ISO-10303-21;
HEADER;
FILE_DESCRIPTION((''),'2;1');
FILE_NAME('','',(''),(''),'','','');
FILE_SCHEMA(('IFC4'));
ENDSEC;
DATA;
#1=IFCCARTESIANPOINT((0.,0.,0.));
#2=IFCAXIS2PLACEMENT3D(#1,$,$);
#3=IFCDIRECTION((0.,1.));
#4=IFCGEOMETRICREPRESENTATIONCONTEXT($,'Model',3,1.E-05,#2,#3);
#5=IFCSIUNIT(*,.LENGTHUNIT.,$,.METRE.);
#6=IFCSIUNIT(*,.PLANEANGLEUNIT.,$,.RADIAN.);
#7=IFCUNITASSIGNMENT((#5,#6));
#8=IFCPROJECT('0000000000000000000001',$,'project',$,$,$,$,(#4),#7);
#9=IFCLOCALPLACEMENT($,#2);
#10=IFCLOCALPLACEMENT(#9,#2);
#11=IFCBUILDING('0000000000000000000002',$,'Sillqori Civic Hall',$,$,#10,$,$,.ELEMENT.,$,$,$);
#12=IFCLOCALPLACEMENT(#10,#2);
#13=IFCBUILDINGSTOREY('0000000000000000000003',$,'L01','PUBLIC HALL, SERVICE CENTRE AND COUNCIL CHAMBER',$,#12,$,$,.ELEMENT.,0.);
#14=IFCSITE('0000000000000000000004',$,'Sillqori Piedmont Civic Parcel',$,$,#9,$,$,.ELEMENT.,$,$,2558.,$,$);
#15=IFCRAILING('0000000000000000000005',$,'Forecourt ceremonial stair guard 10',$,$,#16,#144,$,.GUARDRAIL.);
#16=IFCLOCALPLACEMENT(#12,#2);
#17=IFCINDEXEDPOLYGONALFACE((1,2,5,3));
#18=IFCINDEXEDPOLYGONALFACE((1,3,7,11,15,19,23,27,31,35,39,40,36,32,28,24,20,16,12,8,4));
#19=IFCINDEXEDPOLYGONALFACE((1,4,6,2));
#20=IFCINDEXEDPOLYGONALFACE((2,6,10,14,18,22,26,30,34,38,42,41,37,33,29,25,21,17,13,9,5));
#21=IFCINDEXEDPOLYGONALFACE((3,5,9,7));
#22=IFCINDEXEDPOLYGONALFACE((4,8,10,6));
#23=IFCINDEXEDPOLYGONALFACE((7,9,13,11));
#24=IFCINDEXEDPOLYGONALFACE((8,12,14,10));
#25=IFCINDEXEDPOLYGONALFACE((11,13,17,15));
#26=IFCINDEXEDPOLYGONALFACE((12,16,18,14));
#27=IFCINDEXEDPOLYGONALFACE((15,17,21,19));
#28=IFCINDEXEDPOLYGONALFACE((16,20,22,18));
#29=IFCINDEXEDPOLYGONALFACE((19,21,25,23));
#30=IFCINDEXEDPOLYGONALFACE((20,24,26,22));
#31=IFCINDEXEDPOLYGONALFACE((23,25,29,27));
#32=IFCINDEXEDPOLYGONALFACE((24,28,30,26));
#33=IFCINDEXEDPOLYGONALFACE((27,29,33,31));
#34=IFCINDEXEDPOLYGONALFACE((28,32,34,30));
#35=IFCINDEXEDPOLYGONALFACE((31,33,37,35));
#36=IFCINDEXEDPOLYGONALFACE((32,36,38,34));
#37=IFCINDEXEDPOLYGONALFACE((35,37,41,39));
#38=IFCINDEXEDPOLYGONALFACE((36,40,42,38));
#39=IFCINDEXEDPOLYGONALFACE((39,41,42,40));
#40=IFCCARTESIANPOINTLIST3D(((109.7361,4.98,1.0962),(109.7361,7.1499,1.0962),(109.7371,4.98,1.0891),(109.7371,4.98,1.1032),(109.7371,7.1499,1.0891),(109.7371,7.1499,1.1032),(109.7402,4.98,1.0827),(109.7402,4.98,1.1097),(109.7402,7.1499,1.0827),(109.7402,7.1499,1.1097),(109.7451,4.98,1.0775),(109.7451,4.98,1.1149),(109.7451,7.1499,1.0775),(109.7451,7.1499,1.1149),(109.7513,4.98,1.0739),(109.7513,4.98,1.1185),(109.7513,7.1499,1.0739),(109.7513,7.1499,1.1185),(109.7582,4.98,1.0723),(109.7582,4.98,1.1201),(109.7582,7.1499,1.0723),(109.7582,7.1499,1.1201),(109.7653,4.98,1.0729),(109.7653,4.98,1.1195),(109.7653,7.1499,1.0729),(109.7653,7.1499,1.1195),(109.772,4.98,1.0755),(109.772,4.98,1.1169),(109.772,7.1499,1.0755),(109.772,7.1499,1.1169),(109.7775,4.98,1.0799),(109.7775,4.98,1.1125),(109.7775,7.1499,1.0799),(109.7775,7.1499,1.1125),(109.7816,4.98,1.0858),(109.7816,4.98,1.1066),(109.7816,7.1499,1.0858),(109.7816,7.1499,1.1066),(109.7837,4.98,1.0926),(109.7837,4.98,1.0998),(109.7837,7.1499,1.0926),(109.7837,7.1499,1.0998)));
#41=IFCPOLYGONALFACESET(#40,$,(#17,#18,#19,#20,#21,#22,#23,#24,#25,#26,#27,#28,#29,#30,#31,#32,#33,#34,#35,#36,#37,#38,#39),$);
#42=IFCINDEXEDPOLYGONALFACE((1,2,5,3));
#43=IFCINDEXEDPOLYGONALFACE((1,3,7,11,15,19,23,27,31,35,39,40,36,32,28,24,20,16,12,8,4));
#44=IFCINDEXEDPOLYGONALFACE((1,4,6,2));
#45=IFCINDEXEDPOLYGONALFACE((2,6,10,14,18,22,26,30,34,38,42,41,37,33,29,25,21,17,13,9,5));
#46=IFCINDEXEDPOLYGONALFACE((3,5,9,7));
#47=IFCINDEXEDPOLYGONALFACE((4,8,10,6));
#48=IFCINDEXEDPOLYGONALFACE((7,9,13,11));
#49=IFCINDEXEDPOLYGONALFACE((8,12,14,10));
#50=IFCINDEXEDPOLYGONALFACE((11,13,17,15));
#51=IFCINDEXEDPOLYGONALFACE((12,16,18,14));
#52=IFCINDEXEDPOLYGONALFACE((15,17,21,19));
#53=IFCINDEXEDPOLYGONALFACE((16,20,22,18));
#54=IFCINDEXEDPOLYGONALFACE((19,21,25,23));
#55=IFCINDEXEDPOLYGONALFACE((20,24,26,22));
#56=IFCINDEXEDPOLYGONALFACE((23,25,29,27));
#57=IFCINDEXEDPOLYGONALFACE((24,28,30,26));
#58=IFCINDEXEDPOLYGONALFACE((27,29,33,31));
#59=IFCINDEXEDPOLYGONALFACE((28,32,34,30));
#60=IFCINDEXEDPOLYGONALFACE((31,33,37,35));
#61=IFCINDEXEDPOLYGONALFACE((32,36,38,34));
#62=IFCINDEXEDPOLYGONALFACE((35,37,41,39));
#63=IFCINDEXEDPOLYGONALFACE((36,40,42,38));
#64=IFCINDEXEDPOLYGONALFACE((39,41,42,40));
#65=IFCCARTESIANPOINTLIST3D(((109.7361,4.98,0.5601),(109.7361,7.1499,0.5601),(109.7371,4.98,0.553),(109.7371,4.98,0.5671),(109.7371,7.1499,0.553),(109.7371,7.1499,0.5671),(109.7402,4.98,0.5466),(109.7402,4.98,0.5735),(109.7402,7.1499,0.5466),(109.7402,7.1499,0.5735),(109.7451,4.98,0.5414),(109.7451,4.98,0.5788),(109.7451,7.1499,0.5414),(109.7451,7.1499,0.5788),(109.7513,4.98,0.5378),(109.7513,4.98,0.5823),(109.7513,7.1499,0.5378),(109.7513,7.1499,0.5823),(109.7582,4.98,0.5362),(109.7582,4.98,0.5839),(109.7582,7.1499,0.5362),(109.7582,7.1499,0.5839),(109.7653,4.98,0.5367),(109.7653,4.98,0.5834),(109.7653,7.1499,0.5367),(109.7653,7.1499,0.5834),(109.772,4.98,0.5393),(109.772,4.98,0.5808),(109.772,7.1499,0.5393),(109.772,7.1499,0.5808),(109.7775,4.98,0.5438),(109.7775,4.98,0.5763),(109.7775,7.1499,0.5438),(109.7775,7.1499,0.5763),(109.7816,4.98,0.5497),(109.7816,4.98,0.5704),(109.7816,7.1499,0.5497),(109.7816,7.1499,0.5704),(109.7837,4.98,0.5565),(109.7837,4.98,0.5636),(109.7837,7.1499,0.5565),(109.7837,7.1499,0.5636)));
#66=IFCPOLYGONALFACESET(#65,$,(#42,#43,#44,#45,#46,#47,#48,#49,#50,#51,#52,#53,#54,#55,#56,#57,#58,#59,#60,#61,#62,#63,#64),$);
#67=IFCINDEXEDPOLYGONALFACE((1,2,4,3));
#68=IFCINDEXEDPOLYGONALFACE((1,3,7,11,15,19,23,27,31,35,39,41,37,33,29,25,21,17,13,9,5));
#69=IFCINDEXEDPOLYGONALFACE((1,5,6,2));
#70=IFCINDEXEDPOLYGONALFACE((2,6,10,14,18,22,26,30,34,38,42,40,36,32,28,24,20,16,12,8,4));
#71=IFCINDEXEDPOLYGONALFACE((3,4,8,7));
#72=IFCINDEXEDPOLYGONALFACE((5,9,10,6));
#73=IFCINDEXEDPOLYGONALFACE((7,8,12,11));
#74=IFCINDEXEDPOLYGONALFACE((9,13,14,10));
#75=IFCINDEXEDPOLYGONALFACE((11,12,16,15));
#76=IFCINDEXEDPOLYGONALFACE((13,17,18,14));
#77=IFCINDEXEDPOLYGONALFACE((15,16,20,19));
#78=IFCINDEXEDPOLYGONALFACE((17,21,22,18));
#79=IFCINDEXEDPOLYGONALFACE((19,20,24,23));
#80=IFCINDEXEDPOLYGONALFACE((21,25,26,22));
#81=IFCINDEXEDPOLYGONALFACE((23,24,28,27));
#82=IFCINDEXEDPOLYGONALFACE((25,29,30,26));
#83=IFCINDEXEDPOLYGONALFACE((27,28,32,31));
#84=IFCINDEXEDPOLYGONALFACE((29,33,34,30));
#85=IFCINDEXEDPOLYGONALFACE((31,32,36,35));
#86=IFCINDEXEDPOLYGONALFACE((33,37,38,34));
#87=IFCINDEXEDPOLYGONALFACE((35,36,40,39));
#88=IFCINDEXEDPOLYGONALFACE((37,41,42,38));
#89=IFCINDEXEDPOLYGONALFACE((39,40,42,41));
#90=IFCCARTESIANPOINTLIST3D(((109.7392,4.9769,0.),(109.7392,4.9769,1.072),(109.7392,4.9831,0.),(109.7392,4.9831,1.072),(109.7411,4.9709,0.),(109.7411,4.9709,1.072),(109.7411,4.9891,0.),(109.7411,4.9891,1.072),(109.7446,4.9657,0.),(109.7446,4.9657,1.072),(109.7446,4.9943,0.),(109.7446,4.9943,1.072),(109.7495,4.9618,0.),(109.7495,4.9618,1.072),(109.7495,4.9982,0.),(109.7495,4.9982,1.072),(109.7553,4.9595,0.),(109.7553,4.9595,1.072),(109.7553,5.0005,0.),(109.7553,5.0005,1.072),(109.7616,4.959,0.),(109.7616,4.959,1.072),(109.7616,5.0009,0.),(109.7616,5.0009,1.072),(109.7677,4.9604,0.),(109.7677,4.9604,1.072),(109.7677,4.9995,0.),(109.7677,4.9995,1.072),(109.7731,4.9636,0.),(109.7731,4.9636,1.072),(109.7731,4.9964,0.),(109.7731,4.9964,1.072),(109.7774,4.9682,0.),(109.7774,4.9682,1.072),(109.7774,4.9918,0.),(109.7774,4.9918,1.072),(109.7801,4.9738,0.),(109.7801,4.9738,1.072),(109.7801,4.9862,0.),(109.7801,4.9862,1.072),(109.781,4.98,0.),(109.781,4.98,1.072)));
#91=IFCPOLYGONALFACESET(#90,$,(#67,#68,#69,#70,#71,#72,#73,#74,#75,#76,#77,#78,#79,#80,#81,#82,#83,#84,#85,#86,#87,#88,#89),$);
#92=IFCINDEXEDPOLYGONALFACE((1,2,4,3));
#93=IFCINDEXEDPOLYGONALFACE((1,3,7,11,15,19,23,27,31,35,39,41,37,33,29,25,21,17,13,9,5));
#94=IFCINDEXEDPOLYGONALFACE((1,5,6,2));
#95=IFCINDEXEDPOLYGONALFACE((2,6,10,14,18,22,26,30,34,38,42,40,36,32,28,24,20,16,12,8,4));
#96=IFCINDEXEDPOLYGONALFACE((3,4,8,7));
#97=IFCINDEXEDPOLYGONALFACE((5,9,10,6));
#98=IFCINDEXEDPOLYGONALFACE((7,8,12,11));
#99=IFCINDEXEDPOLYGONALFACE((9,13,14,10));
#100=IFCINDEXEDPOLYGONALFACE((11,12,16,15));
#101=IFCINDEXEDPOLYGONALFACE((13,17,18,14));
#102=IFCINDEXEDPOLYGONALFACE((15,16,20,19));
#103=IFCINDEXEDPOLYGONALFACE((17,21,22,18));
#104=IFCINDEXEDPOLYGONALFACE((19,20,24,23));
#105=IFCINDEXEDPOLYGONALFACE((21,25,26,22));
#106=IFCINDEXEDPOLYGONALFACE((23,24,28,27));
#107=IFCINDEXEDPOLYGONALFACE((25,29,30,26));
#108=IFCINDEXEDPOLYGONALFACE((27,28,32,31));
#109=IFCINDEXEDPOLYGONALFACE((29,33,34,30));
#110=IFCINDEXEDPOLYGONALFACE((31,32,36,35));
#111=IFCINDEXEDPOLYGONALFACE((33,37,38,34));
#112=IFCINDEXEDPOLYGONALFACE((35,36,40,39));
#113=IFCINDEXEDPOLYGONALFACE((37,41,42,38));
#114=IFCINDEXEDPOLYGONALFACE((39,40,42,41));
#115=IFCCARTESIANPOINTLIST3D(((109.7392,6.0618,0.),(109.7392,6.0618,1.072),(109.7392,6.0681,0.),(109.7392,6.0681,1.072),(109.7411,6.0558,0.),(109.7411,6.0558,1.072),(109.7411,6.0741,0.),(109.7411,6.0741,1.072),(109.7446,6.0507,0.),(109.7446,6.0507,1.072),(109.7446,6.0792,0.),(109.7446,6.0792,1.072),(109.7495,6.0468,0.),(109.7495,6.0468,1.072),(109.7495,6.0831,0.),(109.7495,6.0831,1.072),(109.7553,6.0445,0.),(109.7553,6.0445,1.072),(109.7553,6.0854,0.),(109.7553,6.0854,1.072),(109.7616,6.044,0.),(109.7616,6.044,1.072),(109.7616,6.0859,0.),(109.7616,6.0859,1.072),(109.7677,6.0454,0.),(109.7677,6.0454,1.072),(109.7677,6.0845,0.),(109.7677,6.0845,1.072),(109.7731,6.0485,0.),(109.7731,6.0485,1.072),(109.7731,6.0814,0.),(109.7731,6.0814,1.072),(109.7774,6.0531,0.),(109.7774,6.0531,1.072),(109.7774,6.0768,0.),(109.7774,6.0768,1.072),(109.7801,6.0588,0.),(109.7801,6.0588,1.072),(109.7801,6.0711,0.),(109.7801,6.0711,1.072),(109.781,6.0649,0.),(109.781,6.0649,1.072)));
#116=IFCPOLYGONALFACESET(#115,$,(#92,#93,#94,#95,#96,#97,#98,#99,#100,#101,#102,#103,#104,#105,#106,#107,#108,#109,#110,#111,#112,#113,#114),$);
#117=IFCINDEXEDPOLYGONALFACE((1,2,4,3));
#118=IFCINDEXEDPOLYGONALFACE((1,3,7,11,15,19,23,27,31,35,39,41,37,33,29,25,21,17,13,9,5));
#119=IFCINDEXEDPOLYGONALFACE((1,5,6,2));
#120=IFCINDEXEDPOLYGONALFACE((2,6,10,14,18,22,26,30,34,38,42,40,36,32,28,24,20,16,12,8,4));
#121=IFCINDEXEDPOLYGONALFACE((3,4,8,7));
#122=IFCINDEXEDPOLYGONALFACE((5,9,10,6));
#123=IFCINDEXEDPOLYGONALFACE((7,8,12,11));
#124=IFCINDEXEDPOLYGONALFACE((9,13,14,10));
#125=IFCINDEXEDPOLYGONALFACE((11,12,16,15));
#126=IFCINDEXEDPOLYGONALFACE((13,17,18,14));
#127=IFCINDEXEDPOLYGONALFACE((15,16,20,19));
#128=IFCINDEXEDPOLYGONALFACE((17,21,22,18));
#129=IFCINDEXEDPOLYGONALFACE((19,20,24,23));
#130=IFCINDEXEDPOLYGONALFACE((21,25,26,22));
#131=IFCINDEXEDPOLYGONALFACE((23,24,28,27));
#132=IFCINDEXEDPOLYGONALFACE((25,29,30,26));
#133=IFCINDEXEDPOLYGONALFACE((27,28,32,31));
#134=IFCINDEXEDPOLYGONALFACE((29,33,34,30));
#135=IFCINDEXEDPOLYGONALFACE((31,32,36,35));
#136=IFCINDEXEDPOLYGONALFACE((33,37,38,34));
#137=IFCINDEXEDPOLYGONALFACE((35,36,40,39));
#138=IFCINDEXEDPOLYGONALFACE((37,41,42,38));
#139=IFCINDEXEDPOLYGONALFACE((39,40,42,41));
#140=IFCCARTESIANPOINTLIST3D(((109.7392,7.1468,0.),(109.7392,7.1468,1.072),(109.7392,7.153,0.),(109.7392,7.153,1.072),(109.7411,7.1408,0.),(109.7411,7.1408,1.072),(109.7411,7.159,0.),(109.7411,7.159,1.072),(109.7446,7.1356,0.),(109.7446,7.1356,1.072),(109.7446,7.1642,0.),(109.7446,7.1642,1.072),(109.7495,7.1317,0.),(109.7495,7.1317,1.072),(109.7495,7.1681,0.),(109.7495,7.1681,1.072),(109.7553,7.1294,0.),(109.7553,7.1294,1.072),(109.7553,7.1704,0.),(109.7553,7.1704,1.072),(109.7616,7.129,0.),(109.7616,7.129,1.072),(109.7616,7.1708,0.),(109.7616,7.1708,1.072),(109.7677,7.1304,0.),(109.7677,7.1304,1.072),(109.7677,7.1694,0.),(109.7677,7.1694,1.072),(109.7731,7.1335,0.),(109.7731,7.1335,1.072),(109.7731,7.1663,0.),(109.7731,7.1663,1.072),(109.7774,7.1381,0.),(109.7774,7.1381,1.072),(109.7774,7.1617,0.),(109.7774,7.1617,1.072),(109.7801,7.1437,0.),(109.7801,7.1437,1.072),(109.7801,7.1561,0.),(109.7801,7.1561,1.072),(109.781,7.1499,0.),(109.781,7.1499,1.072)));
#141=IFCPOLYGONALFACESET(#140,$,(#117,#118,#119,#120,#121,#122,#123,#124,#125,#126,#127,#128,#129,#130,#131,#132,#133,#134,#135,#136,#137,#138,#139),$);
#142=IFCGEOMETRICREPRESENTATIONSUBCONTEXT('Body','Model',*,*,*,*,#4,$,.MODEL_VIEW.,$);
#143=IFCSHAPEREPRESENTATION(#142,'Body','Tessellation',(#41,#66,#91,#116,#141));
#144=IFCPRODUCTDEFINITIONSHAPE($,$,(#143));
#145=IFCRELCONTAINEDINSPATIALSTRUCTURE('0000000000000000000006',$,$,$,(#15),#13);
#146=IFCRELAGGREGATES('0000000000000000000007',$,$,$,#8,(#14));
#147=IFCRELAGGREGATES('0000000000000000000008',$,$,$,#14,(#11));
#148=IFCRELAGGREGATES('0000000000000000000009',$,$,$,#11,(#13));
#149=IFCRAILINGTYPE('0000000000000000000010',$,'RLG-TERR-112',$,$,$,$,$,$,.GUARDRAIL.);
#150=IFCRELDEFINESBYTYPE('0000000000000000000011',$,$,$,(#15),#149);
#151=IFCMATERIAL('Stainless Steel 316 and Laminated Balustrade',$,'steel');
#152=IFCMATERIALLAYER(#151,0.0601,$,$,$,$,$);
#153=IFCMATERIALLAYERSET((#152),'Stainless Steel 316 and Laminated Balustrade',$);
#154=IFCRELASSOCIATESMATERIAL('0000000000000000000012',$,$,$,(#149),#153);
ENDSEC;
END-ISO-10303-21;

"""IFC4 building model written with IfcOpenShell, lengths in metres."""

from ifc_helpers import new_model, si_unit, direction, frame, origin, origin_2d, place, context, subcontext, project, spatial, circle, extrude, material, layer, layer_set, type_object, element, save


model = new_model("IFC4")

# Units and contexts
model_context = context("Model", 3, precision=1e-05, world=origin(), true_north=direction((0.0, 1.0)))
body_context = subcontext(model_context, "Body", "Model", "MODEL_VIEW")
ifc_project = project(units=[si_unit("LENGTHUNIT", "METRE"), si_unit("PLANEANGLEUNIT", "RADIAN")], contexts=[model_context])

# Site, building, storey
site_placement = place(None, origin())
site = spatial("IfcSite", under=ifc_project, at=site_placement, Name="Sillqori Piedmont Civic Parcel", CompositionType="ELEMENT", RefElevation=2558.0)
building_placement = place(site_placement, origin())
building = spatial("IfcBuilding", under=site, at=building_placement, Name="Sillqori Civic Hall", CompositionType="ELEMENT")
storey_placement = place(building_placement, origin())
storey = spatial("IfcBuildingStorey", under=building, at=storey_placement, Name="L01", Description="PUBLIC HALL, SERVICE CENTRE AND COUNCIL CHAMBER", CompositionType="ELEMENT", Elevation=0.0)

# Railing
ifc_material_1 = material(Name="Stainless Steel 316 and Laminated Balustrade", Category="steel")
ifc_layer_1 = layer(ifc_material_1, 0.0601)
ifc_layer_set_1 = layer_set([ifc_layer_1], Name="Stainless Steel 316 and Laminated Balustrade")
railing_type = type_object("IfcRailingType", Name="RLG-TERR-112", PredefinedType="GUARDRAIL", material=ifc_layer_set_1)
railing_1_placement = place(storey_placement, frame((109.76, 4.98, 0.0)))
element("IfcRailing", 1, at=railing_1_placement, inside=storey, type_object=railing_type, Name="Forecourt ceremonial stair guard 10", PredefinedType="GUARDRAIL", context=body_context, shape_type="SweptSolid", body=[
    extrude(circle(Radius=0.0239, at=origin_2d()), frame((0.0, 0.0, 1.0962), z_axis=(0.0, 1.0, 0.0), x_axis=(-1.0, 0.0, 0.0)), (0.0, 0.0, 1.0), 2.1699),
    extrude(circle(Radius=0.0239, at=origin_2d()), frame((0.0, 0.0, 0.5601), z_axis=(0.0, 1.0, 0.0), x_axis=(-1.0, 0.0, 0.0)), (0.0, 0.0, 1.0), 2.1699),
    extrude(circle(Radius=0.021, at=origin_2d()), origin(), (0.0, 0.0, 1.0), 1.072),
    extrude(circle(Radius=0.021, at=origin_2d()), frame((0.0, 1.085, 0.0)), (0.0, 0.0, 1.0), 1.072),
    extrude(circle(Radius=0.021, at=origin_2d()), frame((0.0, 2.1699, 0.0)), (0.0, 0.0, 1.0), 1.072),
])

save(model, "model.ifc")
